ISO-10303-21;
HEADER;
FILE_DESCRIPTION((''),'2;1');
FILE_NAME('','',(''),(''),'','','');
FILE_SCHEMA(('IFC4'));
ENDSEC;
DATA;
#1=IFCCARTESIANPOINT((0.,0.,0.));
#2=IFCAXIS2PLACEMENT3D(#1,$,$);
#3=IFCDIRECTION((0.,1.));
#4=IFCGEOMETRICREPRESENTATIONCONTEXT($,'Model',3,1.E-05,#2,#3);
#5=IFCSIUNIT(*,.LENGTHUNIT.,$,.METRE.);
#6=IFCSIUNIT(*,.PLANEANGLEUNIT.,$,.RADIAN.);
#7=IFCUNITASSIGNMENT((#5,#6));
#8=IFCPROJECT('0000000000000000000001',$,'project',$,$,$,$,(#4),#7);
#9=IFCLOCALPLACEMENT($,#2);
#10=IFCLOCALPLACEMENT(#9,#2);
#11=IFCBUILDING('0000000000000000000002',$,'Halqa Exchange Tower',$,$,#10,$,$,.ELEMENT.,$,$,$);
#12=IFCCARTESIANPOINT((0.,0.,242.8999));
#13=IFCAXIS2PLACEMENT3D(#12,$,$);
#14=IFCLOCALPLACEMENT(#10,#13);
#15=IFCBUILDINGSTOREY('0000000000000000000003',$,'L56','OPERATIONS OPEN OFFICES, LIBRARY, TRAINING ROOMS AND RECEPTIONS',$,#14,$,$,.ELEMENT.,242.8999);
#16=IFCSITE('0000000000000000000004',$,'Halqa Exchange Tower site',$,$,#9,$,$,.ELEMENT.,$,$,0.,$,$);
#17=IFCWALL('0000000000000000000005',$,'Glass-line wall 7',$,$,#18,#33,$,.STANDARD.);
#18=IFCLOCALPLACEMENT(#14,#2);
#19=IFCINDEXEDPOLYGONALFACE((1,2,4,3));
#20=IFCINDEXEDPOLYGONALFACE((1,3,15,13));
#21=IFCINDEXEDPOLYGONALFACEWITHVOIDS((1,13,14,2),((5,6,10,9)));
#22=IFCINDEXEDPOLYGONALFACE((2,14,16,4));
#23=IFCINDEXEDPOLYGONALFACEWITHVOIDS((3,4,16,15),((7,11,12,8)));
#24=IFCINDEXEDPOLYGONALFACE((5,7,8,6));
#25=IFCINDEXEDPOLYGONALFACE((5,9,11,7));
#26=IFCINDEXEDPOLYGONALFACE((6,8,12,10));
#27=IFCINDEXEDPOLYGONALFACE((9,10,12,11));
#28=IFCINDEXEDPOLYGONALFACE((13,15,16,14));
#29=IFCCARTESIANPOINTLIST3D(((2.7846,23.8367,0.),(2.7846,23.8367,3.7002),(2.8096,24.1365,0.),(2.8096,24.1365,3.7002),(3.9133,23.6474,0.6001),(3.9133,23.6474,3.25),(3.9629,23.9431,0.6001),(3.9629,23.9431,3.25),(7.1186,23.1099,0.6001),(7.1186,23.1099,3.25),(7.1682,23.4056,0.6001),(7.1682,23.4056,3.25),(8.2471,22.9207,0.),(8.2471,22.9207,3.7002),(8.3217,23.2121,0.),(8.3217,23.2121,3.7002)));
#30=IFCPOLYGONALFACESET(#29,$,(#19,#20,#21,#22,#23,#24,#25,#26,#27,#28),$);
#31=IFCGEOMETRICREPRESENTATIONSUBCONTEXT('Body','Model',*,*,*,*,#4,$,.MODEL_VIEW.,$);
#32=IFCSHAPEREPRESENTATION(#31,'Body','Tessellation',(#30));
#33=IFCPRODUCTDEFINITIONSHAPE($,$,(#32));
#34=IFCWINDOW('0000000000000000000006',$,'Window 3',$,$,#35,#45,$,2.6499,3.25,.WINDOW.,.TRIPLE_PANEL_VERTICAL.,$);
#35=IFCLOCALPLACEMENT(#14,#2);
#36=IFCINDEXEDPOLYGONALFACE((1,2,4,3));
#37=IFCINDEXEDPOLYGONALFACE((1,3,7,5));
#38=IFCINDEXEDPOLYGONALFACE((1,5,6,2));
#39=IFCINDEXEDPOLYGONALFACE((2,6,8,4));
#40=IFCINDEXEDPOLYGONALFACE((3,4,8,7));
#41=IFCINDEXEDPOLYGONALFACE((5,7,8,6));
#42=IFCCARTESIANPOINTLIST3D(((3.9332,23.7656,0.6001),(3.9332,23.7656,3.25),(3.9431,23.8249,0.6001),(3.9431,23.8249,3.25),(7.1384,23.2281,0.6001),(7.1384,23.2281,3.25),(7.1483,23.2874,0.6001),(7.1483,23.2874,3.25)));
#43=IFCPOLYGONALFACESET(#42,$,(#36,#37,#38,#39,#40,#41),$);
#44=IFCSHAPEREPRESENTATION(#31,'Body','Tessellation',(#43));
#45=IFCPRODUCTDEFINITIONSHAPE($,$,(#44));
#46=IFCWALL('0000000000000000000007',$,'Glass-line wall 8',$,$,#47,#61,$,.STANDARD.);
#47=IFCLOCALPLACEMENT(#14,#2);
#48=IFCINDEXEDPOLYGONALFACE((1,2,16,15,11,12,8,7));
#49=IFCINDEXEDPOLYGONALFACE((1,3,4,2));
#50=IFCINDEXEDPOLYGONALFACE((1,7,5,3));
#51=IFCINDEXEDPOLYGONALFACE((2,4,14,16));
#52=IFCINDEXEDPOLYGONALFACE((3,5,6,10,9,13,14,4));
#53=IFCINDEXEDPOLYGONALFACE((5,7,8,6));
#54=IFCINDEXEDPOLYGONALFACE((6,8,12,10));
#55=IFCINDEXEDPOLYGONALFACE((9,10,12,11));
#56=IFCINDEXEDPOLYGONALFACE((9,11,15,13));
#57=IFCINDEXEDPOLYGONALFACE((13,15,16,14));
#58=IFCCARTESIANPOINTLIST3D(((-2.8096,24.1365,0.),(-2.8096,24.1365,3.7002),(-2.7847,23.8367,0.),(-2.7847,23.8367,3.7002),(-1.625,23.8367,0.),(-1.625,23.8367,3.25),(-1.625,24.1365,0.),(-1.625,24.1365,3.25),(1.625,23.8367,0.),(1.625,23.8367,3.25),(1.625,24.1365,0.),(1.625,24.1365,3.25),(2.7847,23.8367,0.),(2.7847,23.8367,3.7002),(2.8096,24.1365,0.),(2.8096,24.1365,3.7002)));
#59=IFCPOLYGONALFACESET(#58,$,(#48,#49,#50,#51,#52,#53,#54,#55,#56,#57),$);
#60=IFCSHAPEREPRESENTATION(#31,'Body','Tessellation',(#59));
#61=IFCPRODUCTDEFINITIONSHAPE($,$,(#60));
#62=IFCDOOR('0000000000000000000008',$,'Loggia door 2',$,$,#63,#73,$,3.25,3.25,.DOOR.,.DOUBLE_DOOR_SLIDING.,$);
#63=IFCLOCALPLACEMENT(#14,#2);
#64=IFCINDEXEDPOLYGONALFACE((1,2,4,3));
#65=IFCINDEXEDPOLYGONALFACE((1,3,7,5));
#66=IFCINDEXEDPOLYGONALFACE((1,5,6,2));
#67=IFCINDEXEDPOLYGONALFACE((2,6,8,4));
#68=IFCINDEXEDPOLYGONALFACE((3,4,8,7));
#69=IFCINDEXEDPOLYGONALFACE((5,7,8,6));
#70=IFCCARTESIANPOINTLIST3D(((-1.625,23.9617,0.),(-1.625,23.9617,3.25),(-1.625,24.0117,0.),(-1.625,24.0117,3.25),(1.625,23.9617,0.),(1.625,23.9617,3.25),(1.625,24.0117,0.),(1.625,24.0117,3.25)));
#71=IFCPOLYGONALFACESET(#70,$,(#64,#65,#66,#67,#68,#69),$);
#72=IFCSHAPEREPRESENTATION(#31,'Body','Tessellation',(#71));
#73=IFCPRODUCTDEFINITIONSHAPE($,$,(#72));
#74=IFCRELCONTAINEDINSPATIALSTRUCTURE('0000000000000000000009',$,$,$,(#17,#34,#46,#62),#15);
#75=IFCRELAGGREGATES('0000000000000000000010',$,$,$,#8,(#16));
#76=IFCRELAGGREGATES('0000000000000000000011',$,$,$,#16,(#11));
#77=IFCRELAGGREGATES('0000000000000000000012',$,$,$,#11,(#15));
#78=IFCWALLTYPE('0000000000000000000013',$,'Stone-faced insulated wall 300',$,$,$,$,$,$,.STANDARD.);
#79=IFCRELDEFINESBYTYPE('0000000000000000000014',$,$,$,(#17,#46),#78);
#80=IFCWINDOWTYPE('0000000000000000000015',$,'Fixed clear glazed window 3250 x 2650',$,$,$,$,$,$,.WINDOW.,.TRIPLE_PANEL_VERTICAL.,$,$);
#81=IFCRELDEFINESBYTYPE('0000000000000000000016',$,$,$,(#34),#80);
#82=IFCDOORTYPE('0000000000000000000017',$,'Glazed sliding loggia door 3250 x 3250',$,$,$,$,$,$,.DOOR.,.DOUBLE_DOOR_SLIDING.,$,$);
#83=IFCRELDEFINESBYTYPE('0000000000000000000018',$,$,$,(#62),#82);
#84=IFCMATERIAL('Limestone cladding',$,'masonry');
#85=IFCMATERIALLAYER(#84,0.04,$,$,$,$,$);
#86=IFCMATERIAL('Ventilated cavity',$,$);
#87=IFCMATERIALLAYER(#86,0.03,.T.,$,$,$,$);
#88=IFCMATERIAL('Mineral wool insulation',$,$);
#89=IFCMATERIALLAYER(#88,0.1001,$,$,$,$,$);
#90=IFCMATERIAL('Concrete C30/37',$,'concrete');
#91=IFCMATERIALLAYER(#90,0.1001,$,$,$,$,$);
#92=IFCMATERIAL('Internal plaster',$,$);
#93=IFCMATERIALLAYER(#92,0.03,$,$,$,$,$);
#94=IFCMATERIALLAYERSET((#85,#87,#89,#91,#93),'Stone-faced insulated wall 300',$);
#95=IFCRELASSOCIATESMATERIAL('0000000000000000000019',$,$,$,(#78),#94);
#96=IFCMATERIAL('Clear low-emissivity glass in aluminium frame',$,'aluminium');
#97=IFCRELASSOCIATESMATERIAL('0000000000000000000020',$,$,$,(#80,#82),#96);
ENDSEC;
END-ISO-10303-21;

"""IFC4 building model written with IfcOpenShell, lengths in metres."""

from ifc_helpers import new_model, si_unit, direction, frame, frame_2d, origin, place, context, subcontext, project, spatial, polyline, rectangle, outline, extrude, material, layer, layer_set, type_object, element, fill, save


model = new_model("IFC4")

# Units and contexts
model_context = context("Model", 3, precision=1e-05, world=origin(), true_north=direction((0.0, 1.0)))
body_context = subcontext(model_context, "Body", "Model", "MODEL_VIEW")
ifc_project = project(units=[si_unit("LENGTHUNIT", "METRE"), si_unit("PLANEANGLEUNIT", "RADIAN")], contexts=[model_context])

# Site, building, storey
site_placement = place(None, origin())
site = spatial("IfcSite", under=ifc_project, at=site_placement, Name="Halqa Exchange Tower site", CompositionType="ELEMENT", RefElevation=0.0)
building_placement = place(site_placement, origin())
building = spatial("IfcBuilding", under=site, at=building_placement, Name="Halqa Exchange Tower", CompositionType="ELEMENT")
storey_placement = place(building_placement, frame((0.0, 0.0, 242.8999)))
storey = spatial("IfcBuildingStorey", under=building, at=storey_placement, Name="L56", Description="OPERATIONS OPEN OFFICES, LIBRARY, TRAINING ROOMS AND RECEPTIONS", CompositionType="ELEMENT", Elevation=242.8999)

# Shared definitions
ifc_material_1 = material(Name="Concrete C30/37", Category="concrete")

# Wall, opening, window
ifc_material_2 = material(Name="Limestone cladding", Category="masonry")
ifc_layer_1 = layer(ifc_material_2, 0.04)
ifc_material_3 = material(Name="Ventilated cavity")
ifc_layer_2 = layer(ifc_material_3, 0.03, ventilated=True)
ifc_material_4 = material(Name="Mineral wool insulation")
ifc_layer_3 = layer(ifc_material_4, 0.1001)
ifc_layer_4 = layer(ifc_material_1, 0.1001)
ifc_material_5 = material(Name="Internal plaster")
ifc_layer_5 = layer(ifc_material_5, 0.03)
ifc_layer_set_1 = layer_set([ifc_layer_1, ifc_layer_2, ifc_layer_3, ifc_layer_4, ifc_layer_5], Name="Stone-faced insulated wall 300")
wall_type_1 = type_object("IfcWallType", Name="Stone-faced insulated wall 300", PredefinedType="STANDARD", material=ifc_layer_set_1)
wall_1_placement = place(storey_placement, frame((8.2844, 23.0664, 0.0), z_axis=(0.0, 0.0, 1.0), x_axis=(-0.98623, 0.165381, 0.0)))
wall_1 = element("IfcWall", 1, at=wall_1_placement, inside=storey, type_object=wall_type_1, Name="Glass-line wall 7", PredefinedType="STANDARD", context=body_context, shape_type="SweptSolid", body=[
    extrude(outline(polyline([(-0.0127, -0.1499), (5.5764, -0.1499), (5.5515, 0.1499), (0.0127, 0.1499), (-0.0127, -0.1499)])), origin(), (0.0, 0.0, 1.0), 3.7002),
])
opening_1_placement = place(wall_1_placement, frame((1.157, 0.0, 0.6001)))
opening_1 = element("IfcOpeningElement", 2, at=opening_1_placement, cuts=wall_1, PredefinedType="OPENING", context=body_context, shape_type="SweptSolid", body=[
    extrude(rectangle(XDim=3.25, YDim=2.6499, at=frame_2d((1.625, 1.325))), frame((0.0, 0.1621, 0.0), z_axis=(0.0, -1.0, 0.0), x_axis=(1.0, 0.0, 0.0)), (0.0, 0.0, 1.0), 0.324),
])
ifc_material_6 = material(Name="Clear low-emissivity glass in aluminium frame", Category="aluminium")
window_type = type_object("IfcWindowType", Name="Fixed clear glazed window 3250 x 2650", PartitioningType="TRIPLE_PANEL_VERTICAL", PredefinedType="WINDOW", material=ifc_material_6)
window_placement = place(opening_1_placement, origin())
window = element("IfcWindow", 3, at=window_placement, inside=storey, type_object=window_type, Name="Window 3", OverallHeight=2.6499, OverallWidth=3.25, PartitioningType="TRIPLE_PANEL_VERTICAL", PredefinedType="WINDOW", context=body_context, shape_type="SweptSolid", body=[
    extrude(rectangle(XDim=3.25, YDim=2.6499, at=frame_2d((1.625, 1.325))), frame((0.0, 0.03, 0.0), z_axis=(0.0, -1.0, 0.0), x_axis=(1.0, 0.0, 0.0)), (0.0, 0.0, 1.0), 0.0601),
])
fill(opening_1, window)

# Wall, opening, door
wall_2_placement = place(storey_placement, frame((2.7971, 23.9866, 0.0), z_axis=(0.0, 0.0, 1.0), x_axis=(-1.0, 0.0, 0.0)))
wall_2 = element("IfcWall", 4, at=wall_2_placement, inside=storey, type_object=wall_type_1, Name="Glass-line wall 8", PredefinedType="STANDARD", context=body_context, shape_type="SweptSolid", body=[
    extrude(outline(polyline([(-0.0125, -0.1499), (5.6067, -0.1499), (5.5818, 0.1499), (0.0125, 0.1499), (-0.0125, -0.1499)])), origin(), (0.0, 0.0, 1.0), 3.7002),
])
opening_2_placement = place(wall_2_placement, frame((1.1721, 0.0, 0.0)))
opening_2 = element("IfcOpeningElement", 5, at=opening_2_placement, cuts=wall_2, PredefinedType="OPENING", context=body_context, shape_type="SweptSolid", body=[
    extrude(rectangle(XDim=3.25, YDim=3.25, at=frame_2d((1.625, 1.625))), frame((0.0, 0.1621, 0.0), z_axis=(0.0, -1.0, 0.0), x_axis=(1.0, 0.0, 0.0)), (0.0, 0.0, 1.0), 0.324),
])
door_type_1 = type_object("IfcDoorType", Name="Glazed sliding loggia door 3250 x 3250", OperationType="DOUBLE_DOOR_SLIDING", PredefinedType="DOOR", material=ifc_material_6)
door_1_placement = place(opening_2_placement, origin())
door_1 = element("IfcDoor", 6, at=door_1_placement, inside=storey, type_object=door_type_1, Name="Loggia door 2", OperationType="DOUBLE_DOOR_SLIDING", OverallHeight=3.25, OverallWidth=3.25, PredefinedType="DOOR", context=body_context, shape_type="SweptSolid", body=[
    extrude(rectangle(XDim=3.25, YDim=3.25, at=frame_2d((1.625, 1.625))), frame((0.0, 0.0249, 0.0), z_axis=(0.0, -1.0, 0.0), x_axis=(1.0, 0.0, 0.0)), (0.0, 0.0, 1.0), 0.05),
])
fill(opening_2, door_1)

save(model, "model.ifc")
